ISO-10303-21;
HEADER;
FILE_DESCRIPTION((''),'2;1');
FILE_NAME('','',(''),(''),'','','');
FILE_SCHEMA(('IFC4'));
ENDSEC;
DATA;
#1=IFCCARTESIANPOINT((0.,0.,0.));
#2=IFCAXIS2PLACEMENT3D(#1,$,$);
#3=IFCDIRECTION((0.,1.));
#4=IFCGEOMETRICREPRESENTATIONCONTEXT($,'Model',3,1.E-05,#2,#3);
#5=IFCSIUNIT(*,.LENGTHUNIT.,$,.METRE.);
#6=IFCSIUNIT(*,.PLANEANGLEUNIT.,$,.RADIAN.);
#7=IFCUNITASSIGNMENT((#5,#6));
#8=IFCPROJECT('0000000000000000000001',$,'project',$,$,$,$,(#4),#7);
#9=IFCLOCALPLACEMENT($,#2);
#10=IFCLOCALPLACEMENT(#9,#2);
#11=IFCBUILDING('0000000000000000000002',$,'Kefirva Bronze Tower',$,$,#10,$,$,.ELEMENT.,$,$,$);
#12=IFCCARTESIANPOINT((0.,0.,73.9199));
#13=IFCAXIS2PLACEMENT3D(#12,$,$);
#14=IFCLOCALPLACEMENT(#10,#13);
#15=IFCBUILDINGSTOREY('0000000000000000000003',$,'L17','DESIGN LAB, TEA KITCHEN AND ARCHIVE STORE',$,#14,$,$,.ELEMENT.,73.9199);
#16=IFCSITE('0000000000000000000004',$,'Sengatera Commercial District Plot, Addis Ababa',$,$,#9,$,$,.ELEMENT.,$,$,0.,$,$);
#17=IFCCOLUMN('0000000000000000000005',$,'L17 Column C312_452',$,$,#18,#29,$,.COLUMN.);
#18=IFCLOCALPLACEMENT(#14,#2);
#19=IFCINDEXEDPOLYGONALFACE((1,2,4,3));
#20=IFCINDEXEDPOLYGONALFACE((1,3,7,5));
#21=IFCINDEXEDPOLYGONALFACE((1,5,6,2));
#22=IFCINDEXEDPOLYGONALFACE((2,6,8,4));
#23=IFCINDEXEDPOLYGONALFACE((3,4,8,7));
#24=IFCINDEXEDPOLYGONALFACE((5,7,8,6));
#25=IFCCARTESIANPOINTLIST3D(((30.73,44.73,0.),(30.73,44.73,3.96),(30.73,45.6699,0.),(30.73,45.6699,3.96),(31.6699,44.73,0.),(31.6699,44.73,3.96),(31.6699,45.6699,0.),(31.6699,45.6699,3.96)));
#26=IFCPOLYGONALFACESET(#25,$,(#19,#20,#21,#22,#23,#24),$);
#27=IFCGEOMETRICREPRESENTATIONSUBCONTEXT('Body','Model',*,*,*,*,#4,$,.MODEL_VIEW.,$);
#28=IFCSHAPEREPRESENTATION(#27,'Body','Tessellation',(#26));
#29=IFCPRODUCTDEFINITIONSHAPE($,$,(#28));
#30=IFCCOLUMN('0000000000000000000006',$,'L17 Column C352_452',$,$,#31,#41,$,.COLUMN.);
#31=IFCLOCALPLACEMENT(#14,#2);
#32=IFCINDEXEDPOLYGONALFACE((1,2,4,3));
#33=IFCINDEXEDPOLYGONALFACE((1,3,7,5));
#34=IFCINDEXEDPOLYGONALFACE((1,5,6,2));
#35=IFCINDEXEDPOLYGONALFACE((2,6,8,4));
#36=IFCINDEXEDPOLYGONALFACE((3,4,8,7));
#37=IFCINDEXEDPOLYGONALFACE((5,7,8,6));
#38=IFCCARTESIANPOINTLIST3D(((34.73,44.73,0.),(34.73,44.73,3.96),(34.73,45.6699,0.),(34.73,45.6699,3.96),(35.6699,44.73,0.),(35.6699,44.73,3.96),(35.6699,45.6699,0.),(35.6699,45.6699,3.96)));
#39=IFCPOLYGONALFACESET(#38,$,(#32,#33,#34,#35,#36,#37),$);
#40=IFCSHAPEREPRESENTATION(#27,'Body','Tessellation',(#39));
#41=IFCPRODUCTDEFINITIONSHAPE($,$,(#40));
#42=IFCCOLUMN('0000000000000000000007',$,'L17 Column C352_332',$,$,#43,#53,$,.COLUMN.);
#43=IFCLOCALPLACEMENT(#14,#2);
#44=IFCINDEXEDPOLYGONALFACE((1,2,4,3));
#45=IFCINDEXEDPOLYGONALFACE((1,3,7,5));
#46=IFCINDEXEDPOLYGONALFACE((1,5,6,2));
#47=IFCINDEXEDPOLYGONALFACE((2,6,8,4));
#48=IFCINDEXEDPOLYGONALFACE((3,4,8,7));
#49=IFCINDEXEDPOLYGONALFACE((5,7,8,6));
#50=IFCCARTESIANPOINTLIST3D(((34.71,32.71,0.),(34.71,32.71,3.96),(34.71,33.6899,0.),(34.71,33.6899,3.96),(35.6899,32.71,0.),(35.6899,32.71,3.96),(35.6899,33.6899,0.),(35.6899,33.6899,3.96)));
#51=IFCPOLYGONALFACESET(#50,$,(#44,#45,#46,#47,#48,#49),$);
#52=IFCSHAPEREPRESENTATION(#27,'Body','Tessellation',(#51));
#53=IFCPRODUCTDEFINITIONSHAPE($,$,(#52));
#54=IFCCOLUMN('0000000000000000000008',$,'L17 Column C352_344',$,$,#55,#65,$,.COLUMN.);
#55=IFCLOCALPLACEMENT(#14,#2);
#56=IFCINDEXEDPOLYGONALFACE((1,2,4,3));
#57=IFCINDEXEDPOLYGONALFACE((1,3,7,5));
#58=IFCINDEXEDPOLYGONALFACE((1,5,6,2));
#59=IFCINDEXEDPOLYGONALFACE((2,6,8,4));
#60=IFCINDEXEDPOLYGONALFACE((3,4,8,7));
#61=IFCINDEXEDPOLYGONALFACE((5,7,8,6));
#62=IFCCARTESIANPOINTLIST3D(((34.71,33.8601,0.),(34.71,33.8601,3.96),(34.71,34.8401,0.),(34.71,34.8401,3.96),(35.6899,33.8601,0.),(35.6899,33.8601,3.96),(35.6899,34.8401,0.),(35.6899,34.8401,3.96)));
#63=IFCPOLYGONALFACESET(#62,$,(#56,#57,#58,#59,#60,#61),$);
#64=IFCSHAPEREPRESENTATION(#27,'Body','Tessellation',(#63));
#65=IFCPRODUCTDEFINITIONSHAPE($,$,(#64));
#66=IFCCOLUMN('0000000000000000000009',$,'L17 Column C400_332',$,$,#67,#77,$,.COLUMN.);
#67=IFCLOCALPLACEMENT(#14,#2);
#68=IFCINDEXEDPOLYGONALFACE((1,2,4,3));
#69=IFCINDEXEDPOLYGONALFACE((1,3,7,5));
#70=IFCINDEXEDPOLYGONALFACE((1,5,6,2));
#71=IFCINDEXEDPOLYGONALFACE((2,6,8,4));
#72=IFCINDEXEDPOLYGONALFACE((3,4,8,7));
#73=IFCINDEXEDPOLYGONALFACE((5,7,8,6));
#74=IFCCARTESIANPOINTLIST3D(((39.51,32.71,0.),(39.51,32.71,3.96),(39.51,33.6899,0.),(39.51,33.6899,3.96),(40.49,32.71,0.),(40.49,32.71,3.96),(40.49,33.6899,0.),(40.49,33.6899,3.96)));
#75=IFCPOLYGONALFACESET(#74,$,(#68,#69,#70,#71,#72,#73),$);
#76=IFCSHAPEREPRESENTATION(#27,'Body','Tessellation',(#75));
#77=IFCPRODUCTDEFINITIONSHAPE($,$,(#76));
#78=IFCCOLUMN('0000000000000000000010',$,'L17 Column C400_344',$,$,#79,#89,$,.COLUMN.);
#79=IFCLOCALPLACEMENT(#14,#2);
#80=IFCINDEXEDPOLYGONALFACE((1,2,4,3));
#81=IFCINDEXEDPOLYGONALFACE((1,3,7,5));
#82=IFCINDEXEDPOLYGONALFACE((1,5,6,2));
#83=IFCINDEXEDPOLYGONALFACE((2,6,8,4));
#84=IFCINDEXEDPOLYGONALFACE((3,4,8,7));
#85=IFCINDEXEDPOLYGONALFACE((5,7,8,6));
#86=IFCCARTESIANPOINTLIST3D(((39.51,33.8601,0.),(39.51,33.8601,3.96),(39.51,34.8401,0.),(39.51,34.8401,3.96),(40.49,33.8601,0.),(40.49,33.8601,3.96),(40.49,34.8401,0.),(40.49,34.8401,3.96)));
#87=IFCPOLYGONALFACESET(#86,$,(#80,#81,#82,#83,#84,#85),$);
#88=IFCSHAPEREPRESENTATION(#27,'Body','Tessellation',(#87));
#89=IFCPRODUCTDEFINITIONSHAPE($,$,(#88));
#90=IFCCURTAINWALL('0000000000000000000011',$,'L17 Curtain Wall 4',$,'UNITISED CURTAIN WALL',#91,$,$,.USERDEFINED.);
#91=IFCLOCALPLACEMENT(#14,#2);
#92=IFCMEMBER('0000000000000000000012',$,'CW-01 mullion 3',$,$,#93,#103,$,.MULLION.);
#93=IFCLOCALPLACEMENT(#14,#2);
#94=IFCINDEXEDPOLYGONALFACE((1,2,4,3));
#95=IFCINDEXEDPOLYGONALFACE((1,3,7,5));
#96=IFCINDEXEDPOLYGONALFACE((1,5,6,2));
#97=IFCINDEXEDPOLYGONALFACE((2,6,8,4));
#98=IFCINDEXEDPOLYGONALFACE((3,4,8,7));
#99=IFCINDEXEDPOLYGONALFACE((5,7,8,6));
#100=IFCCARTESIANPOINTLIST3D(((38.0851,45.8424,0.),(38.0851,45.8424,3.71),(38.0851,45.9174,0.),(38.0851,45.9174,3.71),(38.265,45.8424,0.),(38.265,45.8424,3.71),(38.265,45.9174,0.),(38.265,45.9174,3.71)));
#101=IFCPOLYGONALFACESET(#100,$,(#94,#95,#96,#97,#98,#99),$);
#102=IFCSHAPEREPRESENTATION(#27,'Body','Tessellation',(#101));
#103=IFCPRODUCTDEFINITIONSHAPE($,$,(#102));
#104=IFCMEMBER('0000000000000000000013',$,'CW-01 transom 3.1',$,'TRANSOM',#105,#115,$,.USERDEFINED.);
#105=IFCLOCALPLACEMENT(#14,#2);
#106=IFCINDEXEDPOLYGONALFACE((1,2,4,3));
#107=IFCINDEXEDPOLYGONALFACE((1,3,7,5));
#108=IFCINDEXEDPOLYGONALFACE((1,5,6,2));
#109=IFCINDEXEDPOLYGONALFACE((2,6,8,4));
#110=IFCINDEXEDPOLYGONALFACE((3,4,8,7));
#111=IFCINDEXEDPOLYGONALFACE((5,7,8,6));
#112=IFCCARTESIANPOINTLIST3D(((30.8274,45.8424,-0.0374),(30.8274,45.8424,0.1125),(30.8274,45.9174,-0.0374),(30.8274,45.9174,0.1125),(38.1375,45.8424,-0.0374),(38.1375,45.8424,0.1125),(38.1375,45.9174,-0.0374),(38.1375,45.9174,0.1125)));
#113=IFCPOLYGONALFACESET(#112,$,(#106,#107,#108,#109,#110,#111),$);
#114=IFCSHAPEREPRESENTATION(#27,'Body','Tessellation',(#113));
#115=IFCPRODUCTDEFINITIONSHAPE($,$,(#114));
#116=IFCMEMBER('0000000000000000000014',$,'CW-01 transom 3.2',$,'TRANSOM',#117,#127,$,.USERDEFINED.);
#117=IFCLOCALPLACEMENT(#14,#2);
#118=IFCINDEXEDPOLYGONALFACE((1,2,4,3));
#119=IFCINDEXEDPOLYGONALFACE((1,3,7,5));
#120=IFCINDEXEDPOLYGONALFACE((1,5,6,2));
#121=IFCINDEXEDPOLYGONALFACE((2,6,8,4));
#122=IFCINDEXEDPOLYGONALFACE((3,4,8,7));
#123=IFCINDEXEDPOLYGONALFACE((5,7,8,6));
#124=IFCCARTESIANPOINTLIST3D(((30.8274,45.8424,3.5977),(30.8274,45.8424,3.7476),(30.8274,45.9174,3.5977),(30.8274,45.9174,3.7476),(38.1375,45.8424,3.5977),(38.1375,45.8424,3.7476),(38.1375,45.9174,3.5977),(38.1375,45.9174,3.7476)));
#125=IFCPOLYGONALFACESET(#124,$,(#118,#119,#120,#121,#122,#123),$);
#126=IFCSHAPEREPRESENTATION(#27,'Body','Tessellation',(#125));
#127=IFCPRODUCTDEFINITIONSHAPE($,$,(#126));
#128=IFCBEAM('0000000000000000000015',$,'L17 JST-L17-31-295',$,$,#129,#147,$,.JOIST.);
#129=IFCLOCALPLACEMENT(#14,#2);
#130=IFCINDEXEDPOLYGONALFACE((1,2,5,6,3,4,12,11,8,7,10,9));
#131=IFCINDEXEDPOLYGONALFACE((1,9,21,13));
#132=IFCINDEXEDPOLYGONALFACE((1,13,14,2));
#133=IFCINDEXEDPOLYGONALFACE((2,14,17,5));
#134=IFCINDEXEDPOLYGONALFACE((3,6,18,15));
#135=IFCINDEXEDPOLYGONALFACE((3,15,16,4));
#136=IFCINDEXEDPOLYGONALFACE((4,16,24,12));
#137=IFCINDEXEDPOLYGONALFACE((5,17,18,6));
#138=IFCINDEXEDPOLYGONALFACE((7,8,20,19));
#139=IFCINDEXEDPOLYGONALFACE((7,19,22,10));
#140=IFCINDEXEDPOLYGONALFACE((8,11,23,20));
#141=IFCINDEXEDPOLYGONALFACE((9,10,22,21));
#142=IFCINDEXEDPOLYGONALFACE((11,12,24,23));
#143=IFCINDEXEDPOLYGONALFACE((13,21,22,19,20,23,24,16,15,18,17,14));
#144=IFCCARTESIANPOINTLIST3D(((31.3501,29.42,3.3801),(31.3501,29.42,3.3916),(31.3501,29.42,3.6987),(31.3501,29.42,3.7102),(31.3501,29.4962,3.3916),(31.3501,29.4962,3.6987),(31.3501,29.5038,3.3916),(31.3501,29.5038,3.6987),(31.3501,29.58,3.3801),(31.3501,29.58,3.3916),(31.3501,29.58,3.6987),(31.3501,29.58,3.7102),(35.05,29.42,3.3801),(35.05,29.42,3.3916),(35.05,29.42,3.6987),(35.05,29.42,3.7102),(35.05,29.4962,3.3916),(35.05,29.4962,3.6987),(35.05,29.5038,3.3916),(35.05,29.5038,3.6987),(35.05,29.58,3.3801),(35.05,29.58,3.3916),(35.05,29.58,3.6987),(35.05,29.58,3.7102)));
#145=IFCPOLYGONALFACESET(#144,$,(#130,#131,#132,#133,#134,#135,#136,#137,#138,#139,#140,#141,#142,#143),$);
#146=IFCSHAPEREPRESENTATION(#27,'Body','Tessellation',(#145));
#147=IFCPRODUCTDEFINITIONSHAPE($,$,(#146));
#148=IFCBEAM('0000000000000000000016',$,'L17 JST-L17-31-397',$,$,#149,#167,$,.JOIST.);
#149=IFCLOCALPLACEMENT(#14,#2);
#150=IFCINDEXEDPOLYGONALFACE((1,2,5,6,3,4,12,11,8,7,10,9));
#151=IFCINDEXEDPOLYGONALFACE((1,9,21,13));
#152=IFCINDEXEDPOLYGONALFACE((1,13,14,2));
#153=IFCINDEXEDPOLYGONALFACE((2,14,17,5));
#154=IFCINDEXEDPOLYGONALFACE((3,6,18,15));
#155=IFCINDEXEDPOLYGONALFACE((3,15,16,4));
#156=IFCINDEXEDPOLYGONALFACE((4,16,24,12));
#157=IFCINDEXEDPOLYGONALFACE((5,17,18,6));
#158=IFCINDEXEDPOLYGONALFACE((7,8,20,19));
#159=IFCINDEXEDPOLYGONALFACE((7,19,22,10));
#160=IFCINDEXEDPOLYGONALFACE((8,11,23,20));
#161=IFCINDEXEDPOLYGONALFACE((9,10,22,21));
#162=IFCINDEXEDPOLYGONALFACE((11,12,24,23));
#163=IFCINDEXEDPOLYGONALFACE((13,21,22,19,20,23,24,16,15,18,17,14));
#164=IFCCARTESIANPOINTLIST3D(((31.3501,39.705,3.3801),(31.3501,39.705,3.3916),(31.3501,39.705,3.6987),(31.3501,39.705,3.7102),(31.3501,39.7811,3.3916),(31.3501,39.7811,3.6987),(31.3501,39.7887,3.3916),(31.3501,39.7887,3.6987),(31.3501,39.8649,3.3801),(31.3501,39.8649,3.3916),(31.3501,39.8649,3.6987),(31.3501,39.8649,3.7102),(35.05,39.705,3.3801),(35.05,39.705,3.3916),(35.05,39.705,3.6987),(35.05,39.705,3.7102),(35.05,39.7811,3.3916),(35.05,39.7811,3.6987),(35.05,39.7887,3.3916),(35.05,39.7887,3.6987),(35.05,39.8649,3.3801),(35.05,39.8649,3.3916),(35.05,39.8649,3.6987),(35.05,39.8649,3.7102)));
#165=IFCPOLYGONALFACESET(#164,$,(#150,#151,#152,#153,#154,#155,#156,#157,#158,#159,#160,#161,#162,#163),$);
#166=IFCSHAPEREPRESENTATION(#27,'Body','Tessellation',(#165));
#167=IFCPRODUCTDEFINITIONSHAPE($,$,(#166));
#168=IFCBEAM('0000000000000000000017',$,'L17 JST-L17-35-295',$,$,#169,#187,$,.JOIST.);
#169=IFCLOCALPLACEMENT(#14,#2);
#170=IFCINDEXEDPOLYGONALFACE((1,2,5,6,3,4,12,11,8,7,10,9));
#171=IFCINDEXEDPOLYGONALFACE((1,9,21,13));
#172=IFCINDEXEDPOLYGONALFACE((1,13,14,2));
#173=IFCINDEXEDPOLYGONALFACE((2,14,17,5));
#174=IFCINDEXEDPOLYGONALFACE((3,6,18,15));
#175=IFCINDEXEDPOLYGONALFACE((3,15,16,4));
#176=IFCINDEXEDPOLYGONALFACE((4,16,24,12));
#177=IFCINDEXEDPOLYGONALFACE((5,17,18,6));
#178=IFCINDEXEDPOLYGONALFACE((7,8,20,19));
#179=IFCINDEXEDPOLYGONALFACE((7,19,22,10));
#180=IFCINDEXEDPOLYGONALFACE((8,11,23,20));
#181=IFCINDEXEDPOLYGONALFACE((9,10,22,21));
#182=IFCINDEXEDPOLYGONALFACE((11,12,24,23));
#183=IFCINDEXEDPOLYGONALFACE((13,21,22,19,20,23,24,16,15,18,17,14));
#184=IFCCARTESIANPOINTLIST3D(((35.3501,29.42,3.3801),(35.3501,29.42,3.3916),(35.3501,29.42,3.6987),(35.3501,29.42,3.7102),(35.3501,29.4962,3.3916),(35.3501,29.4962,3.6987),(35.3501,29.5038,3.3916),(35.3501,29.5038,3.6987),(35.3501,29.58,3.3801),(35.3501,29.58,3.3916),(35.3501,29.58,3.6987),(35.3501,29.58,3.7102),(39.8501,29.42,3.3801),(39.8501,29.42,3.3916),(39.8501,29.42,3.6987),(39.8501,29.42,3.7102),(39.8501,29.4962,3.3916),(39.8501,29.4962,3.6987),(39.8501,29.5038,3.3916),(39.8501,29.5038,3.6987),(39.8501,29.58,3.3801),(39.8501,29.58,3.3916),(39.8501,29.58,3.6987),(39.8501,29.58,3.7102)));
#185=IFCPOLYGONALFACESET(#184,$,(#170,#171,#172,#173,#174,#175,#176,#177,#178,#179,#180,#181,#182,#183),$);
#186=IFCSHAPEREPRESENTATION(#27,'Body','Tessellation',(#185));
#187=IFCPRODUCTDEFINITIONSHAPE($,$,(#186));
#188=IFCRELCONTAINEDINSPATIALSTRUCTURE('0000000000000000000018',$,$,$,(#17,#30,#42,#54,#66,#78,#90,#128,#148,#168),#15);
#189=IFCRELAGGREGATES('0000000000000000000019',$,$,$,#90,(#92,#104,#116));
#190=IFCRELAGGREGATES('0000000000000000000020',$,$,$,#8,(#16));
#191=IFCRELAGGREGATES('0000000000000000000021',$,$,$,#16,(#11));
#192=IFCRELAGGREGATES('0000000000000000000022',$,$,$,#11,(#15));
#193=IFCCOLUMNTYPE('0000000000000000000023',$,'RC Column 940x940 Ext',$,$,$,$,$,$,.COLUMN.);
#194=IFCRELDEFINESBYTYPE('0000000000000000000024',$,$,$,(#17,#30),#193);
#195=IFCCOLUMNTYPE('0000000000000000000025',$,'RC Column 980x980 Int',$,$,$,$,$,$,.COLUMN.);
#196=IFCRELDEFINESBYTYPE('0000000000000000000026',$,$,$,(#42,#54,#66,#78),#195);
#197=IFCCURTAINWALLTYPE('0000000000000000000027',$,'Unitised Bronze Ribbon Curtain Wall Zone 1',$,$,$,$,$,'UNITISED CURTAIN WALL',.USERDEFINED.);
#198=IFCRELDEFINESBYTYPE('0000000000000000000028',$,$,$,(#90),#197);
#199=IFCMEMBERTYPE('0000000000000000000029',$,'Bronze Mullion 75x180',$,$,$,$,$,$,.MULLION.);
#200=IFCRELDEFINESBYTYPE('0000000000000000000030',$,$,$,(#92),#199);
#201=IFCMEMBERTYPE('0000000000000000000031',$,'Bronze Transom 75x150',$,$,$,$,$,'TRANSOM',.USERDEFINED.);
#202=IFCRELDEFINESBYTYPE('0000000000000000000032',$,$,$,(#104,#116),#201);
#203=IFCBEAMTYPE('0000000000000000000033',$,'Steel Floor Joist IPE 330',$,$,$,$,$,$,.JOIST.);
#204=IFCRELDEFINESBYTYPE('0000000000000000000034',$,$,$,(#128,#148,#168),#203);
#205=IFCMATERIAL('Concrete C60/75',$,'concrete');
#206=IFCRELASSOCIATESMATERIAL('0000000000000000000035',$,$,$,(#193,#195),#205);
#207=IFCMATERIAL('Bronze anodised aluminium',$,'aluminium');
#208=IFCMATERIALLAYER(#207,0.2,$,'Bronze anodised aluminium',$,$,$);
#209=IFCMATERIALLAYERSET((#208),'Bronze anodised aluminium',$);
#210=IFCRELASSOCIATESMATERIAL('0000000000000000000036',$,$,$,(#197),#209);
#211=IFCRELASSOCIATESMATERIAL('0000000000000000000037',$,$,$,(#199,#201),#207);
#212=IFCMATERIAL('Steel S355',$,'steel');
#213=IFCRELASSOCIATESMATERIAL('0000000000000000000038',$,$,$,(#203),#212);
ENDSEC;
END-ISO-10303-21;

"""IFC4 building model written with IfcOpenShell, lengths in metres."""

from ifc_helpers import new_model, si_unit, direction, frame, origin, origin_2d, place, context, subcontext, project, spatial, rectangle, i_section, extrude, material, layer, layer_set, material_profile, profile_set, type_object, element, aggregate, save


model = new_model("IFC4")

# Units and contexts
model_context = context("Model", 3, precision=1e-05, world=origin(), true_north=direction((0.0, 1.0)))
body_context = subcontext(model_context, "Body", "Model", "MODEL_VIEW")
ifc_project = project(units=[si_unit("LENGTHUNIT", "METRE"), si_unit("PLANEANGLEUNIT", "RADIAN")], contexts=[model_context])

# Site, building, storey
site_placement = place(None, origin())
site = spatial("IfcSite", under=ifc_project, at=site_placement, Name="Sengatera Commercial District Plot, Addis Ababa", CompositionType="ELEMENT", RefElevation=0.0)
building_placement = place(site_placement, origin())
building = spatial("IfcBuilding", under=site, at=building_placement, Name="Kefirva Bronze Tower", CompositionType="ELEMENT")
storey_placement = place(building_placement, frame((0.0, 0.0, 73.9199)))
storey = spatial("IfcBuildingStorey", under=building, at=storey_placement, Name="L17", Description="DESIGN LAB, TEA KITCHEN AND ARCHIVE STORE", CompositionType="ELEMENT", Elevation=73.9199)

# Columns
ifc_material_1 = material(Name="Concrete C60/75", Category="concrete")
ifc_material_profile_1 = material_profile(ifc_material_1, rectangle(XDim=0.9399, YDim=0.9399, at=origin_2d()), Name="RC 940x940")
ifc_profile_set_1 = profile_set([ifc_material_profile_1], Name="Concrete C60/75")
column_type_1 = type_object("IfcColumnType", Name="RC Column 940x940 Ext", PredefinedType="COLUMN", material=ifc_profile_set_1)
for number, where, z_axis, x_axis, name in (
    (1, (31.2, 45.2, 0.0), (0.0, 0.0, 1.0), (1.0, 0.0, 0.0), "L17 Column C312_452"),
    (2, (35.2, 45.2, 0.0), (0.0, 0.0, 1.0), (1.0, 0.0, 0.0), "L17 Column C352_452"),
):
    element("IfcColumn", number, at=place(storey_placement, frame(where, z_axis=z_axis, x_axis=x_axis)), inside=storey, type_object=column_type_1, Name=name, PredefinedType="COLUMN", context=body_context, shape_type="SweptSolid", body=[
        extrude(rectangle(XDim=0.9399, YDim=0.9399, at=origin_2d()), origin(), (0.0, 0.0, 1.0), 3.96),
    ])
ifc_material_profile_2 = material_profile(ifc_material_1, rectangle(XDim=0.98, YDim=0.98, at=origin_2d()), Name="RC 980x980")
ifc_profile_set_2 = profile_set([ifc_material_profile_2], Name="Concrete C60/75")
column_type_2 = type_object("IfcColumnType", Name="RC Column 980x980 Int", PredefinedType="COLUMN", material=ifc_profile_set_2)
for number, where, z_axis, x_axis, name in (
    (3, (35.2, 33.2, 0.0), (0.0, 0.0, 1.0), (1.0, 0.0, 0.0), "L17 Column C352_332"),
    (4, (35.2, 34.3501, 0.0), (0.0, 0.0, 1.0), (1.0, 0.0, 0.0), "L17 Column C352_344"),
    (5, (40.0, 33.2, 0.0), (0.0, 0.0, 1.0), (1.0, 0.0, 0.0), "L17 Column C400_332"),
    (6, (40.0, 34.3501, 0.0), (0.0, 0.0, 1.0), (1.0, 0.0, 0.0), "L17 Column C400_344"),
):
    element("IfcColumn", number, at=place(storey_placement, frame(where, z_axis=z_axis, x_axis=x_axis)), inside=storey, type_object=column_type_2, Name=name, PredefinedType="COLUMN", context=body_context, shape_type="SweptSolid", body=[
        extrude(rectangle(XDim=0.98, YDim=0.98, at=origin_2d()), origin(), (0.0, 0.0, 1.0), 3.96),
    ])

# Curtain wall, members
ifc_material_2 = material(Name="Bronze anodised aluminium", Category="aluminium")
ifc_layer_1 = layer(ifc_material_2, 0.2, Name="Bronze anodised aluminium")
ifc_layer_set_1 = layer_set([ifc_layer_1], Name="Bronze anodised aluminium")
curtain_wall_type = type_object("IfcCurtainWallType", Name="Unitised Bronze Ribbon Curtain Wall Zone 1", ElementType="UNITISED CURTAIN WALL", PredefinedType="USERDEFINED", material=ifc_layer_set_1)
curtain_wall_placement = place(storey_placement, origin())
curtain_wall = element("IfcCurtainWall", 7, at=curtain_wall_placement, inside=storey, type_object=curtain_wall_type, Name="L17 Curtain Wall 4", ObjectType="UNITISED CURTAIN WALL", PredefinedType="USERDEFINED")
ifc_material_profile_3 = material_profile(ifc_material_2, rectangle(XDim=0.075, YDim=0.1799, at=origin_2d()), Name="ALU 75x180")
ifc_profile_set_3 = profile_set([ifc_material_profile_3], Name="Bronze anodised aluminium")
member_type_1 = type_object("IfcMemberType", Name="Bronze Mullion 75x180", PredefinedType="MULLION", material=ifc_profile_set_3)
member_1_placement = place(storey_placement, frame((38.175, 45.8799, 0.0), z_axis=(0.0, 0.0, 1.0), x_axis=(0.0, -1.0, 0.0)))
member_1 = element("IfcMember", 8, at=member_1_placement, type_object=member_type_1, Name="CW-01 mullion 3", PredefinedType="MULLION", context=body_context, shape_type="SweptSolid", body=[
    extrude(rectangle(XDim=0.075, YDim=0.1799, at=origin_2d()), origin(), (0.0, 0.0, 1.0), 3.71),
])
ifc_material_profile_4 = material_profile(ifc_material_2, rectangle(XDim=0.075, YDim=0.1499, at=origin_2d()), Name="ALU 75x150")
ifc_profile_set_4 = profile_set([ifc_material_profile_4], Name="Bronze anodised aluminium")
member_type_2 = type_object("IfcMemberType", Name="Bronze Transom 75x150", ElementType="TRANSOM", PredefinedType="USERDEFINED", material=ifc_profile_set_4)
member_2_placement = place(storey_placement, frame((38.1375, 45.8799, 0.0376), z_axis=(-1.0, 0.0, 0.0), x_axis=(0.0, -1.0, 0.0)))
member_2 = element("IfcMember", 9, at=member_2_placement, type_object=member_type_2, Name="CW-01 transom 3.1", ObjectType="TRANSOM", PredefinedType="USERDEFINED", context=body_context, shape_type="SweptSolid", body=[
    extrude(rectangle(XDim=0.075, YDim=0.1499, at=origin_2d()), origin(), (0.0, 0.0, 1.0), 7.3101),
])
member_3_placement = place(storey_placement, frame((38.1375, 45.8799, 3.6726), z_axis=(-1.0, 0.0, 0.0), x_axis=(0.0, -1.0, 0.0)))
member_3 = element("IfcMember", 10, at=member_3_placement, type_object=member_type_2, Name="CW-01 transom 3.2", ObjectType="TRANSOM", PredefinedType="USERDEFINED", context=body_context, shape_type="SweptSolid", body=[
    extrude(rectangle(XDim=0.075, YDim=0.1499, at=origin_2d()), origin(), (0.0, 0.0, 1.0), 7.3101),
])

# Beams
ifc_material_3 = material(Name="Steel S355", Category="steel")
ifc_material_profile_5 = material_profile(ifc_material_3, i_section(OverallWidth=0.1599, OverallDepth=0.3301, WebThickness=0.0076, FlangeThickness=0.0115, at=origin_2d()), Name="IPE 330")
ifc_profile_set_5 = profile_set([ifc_material_profile_5], Name="Steel S355")
beam_type_1 = type_object("IfcBeamType", Name="Steel Floor Joist IPE 330", PredefinedType="JOIST", material=ifc_profile_set_5)
for number, where, z_axis, x_axis, name in (
    (11, (31.3501, 29.5, 3.5452), (1.0, 0.0, 0.0), (0.0, 1.0, 0.0), "L17 JST-L17-31-295"),
    (12, (31.3501, 39.7849, 3.5452), (1.0, 0.0, 0.0), (0.0, 1.0, 0.0), "L17 JST-L17-31-397"),
):
    element("IfcBeam", number, at=place(storey_placement, frame(where, z_axis=z_axis, x_axis=x_axis)), inside=storey, type_object=beam_type_1, Name=name, PredefinedType="JOIST", context=body_context, shape_type="SweptSolid", body=[
        extrude(i_section(OverallWidth=0.1599, OverallDepth=0.3301, WebThickness=0.0076, FlangeThickness=0.0115, at=origin_2d()), origin(), (0.0, 0.0, 1.0), 3.7),
    ])
for number, where, z_axis, x_axis, name in (
    (13, (35.3501, 29.5, 3.5452), (1.0, 0.0, 0.0), (0.0, 1.0, 0.0), "L17 JST-L17-35-295"),
):
    element("IfcBeam", number, at=place(storey_placement, frame(where, z_axis=z_axis, x_axis=x_axis)), inside=storey, type_object=beam_type_1, Name=name, PredefinedType="JOIST", context=body_context, shape_type="SweptSolid", body=[
        extrude(i_section(OverallWidth=0.1599, OverallDepth=0.3301, WebThickness=0.0076, FlangeThickness=0.0115, at=origin_2d()), origin(), (0.0, 0.0, 1.0), 4.5),
    ])

aggregate(curtain_wall, [member_1, member_2, member_3])

save(model, "model.ifc")
